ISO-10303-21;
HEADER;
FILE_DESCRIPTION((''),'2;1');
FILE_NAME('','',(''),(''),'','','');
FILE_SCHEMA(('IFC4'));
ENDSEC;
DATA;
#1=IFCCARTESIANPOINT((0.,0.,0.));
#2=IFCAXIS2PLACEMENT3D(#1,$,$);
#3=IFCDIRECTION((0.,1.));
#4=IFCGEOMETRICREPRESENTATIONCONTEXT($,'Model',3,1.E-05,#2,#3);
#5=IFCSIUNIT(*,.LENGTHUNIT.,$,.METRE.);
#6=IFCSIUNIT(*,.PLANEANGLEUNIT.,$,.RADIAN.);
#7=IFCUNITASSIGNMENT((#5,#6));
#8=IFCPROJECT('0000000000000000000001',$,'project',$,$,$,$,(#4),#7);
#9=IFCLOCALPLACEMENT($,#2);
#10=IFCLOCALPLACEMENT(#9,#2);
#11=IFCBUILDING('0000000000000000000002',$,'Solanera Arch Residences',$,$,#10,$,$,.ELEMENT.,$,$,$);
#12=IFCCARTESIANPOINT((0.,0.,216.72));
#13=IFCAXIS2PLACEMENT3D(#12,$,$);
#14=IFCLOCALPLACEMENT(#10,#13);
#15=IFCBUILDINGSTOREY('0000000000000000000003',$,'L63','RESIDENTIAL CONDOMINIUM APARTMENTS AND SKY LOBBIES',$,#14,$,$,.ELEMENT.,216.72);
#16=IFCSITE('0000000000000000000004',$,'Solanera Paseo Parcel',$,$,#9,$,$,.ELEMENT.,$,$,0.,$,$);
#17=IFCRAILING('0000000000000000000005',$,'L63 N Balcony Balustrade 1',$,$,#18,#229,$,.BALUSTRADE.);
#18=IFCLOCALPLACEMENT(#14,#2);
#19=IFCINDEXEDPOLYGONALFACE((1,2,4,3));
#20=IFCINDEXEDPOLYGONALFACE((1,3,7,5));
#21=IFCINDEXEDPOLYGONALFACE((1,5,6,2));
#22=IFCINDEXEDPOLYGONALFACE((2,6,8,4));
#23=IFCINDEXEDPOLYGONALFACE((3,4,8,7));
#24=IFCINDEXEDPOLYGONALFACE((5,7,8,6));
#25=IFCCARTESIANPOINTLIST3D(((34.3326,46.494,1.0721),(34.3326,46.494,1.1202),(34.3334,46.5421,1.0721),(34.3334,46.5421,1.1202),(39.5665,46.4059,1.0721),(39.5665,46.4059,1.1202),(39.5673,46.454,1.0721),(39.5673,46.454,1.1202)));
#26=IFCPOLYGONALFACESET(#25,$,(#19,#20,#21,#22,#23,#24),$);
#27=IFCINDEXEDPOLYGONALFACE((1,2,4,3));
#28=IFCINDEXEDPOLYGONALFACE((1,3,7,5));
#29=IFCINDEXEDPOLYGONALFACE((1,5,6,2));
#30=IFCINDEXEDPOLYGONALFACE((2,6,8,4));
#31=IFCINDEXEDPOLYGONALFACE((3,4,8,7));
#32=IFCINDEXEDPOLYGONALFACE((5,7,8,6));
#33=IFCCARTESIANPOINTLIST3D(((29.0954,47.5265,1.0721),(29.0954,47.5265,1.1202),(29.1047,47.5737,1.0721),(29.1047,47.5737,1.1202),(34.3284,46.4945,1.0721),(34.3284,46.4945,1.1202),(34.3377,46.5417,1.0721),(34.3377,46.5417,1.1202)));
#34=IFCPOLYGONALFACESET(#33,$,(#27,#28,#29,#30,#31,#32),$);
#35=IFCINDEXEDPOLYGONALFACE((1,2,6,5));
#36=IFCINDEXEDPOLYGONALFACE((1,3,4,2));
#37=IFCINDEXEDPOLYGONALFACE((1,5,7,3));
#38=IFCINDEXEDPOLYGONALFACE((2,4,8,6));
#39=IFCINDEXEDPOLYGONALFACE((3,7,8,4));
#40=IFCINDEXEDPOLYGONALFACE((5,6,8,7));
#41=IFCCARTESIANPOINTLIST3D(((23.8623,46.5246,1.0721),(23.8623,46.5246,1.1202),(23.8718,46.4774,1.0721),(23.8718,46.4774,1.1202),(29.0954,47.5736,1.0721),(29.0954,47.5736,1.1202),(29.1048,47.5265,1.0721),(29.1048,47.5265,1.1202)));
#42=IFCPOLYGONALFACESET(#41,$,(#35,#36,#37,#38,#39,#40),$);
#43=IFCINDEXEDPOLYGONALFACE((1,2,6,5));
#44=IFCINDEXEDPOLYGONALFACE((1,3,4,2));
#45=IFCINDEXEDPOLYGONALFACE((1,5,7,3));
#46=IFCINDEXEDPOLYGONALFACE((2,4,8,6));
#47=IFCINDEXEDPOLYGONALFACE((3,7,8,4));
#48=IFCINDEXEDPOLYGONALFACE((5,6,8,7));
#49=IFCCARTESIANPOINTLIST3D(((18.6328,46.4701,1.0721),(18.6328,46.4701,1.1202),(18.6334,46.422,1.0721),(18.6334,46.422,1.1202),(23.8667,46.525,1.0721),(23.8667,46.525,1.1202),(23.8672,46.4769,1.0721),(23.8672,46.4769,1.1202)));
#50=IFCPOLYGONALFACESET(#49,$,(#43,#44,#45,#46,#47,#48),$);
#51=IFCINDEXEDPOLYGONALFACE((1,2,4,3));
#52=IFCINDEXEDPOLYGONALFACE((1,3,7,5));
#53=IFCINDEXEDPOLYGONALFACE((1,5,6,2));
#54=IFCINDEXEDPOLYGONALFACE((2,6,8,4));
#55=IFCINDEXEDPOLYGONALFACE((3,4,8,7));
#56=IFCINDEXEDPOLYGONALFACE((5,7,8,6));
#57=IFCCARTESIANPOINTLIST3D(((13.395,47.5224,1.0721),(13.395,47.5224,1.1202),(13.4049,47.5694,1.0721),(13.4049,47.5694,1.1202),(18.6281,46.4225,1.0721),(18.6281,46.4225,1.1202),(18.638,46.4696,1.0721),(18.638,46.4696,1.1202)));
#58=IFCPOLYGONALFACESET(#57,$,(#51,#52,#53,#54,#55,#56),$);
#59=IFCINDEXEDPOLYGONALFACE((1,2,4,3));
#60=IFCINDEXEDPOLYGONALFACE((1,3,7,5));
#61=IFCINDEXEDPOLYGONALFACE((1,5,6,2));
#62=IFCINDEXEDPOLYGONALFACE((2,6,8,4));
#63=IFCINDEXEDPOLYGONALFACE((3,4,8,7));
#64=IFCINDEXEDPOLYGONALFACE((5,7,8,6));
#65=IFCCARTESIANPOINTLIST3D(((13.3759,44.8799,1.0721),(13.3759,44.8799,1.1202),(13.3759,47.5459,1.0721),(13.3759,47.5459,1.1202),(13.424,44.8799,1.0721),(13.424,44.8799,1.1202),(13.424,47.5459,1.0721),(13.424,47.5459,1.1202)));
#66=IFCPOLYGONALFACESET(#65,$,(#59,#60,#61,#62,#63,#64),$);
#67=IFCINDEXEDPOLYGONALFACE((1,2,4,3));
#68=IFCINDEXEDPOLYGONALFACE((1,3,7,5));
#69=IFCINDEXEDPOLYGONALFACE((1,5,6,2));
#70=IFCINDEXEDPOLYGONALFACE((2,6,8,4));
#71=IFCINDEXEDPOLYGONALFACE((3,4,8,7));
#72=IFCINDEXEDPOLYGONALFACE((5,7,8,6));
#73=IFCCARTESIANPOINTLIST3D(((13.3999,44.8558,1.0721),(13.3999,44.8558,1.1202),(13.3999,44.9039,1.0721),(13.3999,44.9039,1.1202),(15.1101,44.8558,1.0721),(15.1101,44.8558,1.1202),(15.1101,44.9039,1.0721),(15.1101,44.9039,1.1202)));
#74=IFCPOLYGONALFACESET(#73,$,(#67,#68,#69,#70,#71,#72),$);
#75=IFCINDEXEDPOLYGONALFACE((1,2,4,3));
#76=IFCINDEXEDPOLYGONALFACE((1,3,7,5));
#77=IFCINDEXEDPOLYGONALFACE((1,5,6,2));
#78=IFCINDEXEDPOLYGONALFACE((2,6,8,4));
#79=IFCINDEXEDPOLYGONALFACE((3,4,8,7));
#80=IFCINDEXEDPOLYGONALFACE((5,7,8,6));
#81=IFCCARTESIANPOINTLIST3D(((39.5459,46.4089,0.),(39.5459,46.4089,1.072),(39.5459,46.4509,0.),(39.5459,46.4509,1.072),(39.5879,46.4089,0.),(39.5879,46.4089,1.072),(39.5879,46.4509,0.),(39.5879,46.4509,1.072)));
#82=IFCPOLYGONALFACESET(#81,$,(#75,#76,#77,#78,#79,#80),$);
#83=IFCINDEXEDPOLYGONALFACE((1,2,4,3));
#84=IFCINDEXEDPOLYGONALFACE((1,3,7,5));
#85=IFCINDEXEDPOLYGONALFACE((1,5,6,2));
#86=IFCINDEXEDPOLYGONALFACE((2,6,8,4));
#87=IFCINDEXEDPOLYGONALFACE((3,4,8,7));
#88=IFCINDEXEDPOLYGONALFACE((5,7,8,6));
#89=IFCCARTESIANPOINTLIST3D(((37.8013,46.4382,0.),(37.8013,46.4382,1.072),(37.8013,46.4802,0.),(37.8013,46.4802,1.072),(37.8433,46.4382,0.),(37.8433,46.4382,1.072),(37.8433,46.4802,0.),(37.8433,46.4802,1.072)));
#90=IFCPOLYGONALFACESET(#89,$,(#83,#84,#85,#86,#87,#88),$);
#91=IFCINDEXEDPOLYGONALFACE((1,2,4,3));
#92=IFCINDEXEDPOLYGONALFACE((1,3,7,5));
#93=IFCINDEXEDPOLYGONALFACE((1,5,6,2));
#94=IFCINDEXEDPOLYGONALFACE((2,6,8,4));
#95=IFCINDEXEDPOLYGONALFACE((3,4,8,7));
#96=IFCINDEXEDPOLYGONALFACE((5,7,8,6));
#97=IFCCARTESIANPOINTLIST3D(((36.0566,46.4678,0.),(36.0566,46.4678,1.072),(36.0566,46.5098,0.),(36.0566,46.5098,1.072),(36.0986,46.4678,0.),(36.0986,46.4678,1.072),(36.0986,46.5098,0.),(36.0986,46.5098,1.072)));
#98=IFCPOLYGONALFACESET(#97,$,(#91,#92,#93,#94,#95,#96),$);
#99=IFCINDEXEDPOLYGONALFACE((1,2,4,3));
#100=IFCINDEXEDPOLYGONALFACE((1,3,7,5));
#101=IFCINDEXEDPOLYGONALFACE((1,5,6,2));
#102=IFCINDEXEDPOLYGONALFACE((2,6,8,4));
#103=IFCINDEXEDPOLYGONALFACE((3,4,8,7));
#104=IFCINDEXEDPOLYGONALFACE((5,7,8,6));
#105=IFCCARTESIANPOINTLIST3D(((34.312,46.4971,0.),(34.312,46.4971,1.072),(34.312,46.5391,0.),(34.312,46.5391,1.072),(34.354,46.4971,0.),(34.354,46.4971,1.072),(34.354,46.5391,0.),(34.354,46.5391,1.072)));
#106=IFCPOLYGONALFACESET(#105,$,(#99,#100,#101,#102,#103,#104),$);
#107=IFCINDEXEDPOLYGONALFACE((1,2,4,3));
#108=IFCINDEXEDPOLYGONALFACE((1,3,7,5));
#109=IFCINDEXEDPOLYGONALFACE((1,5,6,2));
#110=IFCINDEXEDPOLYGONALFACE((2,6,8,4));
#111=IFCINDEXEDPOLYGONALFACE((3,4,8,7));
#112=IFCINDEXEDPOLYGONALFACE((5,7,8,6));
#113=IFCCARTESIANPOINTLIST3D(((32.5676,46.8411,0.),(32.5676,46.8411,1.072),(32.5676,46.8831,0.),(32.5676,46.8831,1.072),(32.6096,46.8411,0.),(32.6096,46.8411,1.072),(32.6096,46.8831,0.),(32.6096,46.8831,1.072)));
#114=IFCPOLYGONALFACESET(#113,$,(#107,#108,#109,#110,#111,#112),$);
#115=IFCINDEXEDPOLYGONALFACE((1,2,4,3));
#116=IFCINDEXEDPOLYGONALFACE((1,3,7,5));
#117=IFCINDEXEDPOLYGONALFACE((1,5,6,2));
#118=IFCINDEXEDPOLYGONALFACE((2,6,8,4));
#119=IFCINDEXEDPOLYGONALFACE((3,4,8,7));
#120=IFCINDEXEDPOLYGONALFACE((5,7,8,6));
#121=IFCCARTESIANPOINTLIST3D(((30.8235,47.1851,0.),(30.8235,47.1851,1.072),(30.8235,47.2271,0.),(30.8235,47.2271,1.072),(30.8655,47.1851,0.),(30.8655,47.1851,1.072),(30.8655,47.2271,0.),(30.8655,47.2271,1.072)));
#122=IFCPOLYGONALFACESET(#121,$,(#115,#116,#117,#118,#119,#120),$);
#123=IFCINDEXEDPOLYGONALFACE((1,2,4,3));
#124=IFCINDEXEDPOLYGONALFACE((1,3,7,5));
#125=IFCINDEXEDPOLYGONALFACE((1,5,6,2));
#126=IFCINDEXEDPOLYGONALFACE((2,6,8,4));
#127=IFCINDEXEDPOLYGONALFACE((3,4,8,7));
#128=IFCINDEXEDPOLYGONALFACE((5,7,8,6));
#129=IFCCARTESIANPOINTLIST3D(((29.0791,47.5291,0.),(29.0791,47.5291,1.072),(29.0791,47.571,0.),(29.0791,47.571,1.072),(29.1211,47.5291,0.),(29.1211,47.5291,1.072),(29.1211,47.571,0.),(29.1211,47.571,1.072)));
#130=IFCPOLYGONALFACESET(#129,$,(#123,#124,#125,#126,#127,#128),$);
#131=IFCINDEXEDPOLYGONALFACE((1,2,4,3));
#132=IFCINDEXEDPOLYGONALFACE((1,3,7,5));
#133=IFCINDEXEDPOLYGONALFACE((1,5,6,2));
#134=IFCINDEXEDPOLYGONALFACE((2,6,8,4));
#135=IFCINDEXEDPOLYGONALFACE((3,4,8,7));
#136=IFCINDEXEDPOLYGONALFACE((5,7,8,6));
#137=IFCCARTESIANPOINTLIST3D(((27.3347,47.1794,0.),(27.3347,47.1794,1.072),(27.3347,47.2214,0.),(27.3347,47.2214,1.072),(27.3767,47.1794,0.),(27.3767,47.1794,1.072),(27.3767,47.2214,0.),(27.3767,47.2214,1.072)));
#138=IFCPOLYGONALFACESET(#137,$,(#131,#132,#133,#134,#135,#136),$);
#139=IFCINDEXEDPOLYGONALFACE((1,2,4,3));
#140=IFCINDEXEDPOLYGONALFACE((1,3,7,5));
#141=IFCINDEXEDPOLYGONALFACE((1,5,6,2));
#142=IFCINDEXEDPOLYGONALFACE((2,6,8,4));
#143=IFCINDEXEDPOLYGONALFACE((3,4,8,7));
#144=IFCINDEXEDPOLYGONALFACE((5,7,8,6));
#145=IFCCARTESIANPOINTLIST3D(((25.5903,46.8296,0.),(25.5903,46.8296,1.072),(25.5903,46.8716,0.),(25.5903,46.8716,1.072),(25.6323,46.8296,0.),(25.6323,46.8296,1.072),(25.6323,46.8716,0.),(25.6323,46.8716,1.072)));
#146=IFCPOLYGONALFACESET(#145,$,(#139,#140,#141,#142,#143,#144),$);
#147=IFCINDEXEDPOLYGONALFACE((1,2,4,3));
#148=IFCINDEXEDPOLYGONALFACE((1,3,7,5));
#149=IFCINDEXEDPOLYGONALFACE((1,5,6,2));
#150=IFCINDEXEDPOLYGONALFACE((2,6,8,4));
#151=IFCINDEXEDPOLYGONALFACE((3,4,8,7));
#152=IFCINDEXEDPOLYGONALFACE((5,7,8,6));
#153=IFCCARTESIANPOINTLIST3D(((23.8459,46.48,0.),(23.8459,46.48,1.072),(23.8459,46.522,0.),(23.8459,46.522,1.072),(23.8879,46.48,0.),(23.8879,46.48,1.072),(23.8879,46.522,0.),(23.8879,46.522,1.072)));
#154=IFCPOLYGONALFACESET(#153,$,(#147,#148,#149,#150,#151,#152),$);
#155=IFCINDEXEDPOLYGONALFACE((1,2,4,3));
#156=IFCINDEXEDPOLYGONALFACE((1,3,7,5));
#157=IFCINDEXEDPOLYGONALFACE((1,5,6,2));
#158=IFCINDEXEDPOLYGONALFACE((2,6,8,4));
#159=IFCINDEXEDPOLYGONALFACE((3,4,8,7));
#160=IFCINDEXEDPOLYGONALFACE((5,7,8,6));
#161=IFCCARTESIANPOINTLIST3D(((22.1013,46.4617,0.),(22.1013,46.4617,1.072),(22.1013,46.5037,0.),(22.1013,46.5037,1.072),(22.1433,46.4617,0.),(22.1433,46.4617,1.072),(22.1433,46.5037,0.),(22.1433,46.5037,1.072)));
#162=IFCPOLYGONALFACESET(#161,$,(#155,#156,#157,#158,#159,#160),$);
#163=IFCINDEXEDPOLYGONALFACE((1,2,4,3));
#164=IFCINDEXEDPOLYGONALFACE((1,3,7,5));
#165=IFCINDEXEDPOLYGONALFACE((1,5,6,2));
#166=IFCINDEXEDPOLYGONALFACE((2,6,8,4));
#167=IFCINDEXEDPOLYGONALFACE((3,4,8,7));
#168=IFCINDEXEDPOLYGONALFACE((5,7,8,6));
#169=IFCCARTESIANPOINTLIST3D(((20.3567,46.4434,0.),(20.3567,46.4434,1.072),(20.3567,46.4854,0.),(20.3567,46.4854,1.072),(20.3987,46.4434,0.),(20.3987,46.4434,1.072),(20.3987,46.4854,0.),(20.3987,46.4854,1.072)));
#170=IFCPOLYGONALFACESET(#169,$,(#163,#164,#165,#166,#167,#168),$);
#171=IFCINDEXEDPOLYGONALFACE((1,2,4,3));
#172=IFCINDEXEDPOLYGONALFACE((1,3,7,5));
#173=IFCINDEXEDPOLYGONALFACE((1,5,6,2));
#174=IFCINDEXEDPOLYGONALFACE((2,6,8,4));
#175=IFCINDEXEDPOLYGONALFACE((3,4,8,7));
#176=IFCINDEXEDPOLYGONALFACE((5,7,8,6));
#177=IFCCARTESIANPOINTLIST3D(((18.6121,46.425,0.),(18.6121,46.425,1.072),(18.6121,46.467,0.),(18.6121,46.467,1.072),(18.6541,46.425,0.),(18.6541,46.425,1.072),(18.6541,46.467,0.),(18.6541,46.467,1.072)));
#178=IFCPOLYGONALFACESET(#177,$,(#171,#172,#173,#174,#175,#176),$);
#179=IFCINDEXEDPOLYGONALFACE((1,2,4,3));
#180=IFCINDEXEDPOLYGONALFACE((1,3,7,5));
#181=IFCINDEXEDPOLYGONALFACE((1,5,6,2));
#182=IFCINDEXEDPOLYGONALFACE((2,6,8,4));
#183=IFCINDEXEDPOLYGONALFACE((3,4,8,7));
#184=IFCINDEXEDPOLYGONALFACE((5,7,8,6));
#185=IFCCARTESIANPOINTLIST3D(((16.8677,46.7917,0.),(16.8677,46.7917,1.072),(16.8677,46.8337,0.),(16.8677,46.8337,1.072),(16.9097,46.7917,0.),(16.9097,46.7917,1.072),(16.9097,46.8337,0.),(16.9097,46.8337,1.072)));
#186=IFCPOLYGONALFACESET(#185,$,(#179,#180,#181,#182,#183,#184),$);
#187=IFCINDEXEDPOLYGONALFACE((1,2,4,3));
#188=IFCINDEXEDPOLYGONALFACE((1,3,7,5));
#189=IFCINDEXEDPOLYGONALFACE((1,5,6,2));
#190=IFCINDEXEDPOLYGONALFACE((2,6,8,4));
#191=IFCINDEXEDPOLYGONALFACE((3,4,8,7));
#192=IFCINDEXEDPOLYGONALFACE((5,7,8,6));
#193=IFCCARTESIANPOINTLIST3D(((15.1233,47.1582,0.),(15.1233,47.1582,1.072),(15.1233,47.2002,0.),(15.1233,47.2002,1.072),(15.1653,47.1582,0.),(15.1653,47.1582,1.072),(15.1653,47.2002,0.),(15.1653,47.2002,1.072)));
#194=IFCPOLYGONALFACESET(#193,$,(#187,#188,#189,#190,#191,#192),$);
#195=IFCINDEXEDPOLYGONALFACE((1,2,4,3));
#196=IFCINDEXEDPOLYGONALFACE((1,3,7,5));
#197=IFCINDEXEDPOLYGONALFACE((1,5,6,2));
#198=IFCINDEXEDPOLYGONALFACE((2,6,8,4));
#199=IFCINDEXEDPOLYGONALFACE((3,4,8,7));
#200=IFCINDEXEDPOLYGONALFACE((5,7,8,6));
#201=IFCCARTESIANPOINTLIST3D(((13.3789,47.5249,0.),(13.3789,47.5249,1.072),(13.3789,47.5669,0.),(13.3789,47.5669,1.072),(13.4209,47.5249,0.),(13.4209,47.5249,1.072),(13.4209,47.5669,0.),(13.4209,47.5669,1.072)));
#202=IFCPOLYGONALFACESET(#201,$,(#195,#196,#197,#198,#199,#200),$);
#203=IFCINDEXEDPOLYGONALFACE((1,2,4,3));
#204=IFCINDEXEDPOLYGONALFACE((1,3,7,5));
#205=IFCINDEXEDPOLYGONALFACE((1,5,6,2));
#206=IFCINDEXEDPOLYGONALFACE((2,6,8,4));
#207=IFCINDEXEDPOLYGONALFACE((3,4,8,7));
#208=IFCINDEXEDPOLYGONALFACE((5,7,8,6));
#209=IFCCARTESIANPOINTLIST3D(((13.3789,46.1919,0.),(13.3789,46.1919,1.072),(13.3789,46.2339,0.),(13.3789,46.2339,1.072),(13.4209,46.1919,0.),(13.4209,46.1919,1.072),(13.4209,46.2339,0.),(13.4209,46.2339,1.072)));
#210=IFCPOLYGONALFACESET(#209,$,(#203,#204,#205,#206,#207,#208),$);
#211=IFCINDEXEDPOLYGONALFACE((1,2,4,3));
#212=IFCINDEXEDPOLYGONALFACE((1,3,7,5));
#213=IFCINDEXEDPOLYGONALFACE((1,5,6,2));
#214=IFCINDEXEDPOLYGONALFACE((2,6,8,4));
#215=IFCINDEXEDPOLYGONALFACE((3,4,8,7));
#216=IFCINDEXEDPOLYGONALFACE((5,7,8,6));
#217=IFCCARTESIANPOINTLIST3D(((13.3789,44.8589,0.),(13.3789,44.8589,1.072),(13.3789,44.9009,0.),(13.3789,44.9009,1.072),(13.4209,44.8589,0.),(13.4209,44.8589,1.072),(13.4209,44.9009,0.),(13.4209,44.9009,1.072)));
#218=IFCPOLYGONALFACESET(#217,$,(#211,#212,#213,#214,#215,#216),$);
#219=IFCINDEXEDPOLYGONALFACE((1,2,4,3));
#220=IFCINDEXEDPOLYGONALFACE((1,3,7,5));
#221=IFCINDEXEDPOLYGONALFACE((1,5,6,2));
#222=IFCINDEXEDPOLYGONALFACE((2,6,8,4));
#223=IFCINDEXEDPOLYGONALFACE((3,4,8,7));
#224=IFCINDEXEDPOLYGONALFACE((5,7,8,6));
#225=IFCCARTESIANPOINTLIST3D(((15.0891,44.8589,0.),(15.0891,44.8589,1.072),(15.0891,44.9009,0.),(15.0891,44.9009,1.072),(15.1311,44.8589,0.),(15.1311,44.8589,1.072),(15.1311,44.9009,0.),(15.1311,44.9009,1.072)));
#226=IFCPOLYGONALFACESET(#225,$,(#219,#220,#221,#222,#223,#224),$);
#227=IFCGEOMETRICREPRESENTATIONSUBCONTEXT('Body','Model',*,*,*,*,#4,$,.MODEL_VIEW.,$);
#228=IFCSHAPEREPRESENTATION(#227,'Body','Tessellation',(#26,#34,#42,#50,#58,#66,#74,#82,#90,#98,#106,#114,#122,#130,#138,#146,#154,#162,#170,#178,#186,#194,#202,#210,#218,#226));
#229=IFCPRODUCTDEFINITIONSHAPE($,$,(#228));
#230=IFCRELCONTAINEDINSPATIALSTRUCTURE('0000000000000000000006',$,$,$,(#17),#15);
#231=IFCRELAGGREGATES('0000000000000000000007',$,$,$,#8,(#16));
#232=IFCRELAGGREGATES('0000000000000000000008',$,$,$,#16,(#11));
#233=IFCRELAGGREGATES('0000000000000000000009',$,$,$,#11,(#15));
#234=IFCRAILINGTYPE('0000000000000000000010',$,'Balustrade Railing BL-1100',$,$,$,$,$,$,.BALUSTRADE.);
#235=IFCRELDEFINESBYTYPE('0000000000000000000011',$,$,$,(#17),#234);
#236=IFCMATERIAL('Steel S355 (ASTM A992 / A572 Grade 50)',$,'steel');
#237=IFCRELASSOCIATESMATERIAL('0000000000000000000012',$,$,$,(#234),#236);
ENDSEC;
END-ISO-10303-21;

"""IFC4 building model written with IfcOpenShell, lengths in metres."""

from ifc_helpers import new_model, si_unit, direction, frame, origin, origin_2d, place, context, subcontext, project, spatial, rectangle, extrude, material, type_object, element, save


model = new_model("IFC4")

# Units and contexts
model_context = context("Model", 3, precision=1e-05, world=origin(), true_north=direction((0.0, 1.0)))
body_context = subcontext(model_context, "Body", "Model", "MODEL_VIEW")
ifc_project = project(units=[si_unit("LENGTHUNIT", "METRE"), si_unit("PLANEANGLEUNIT", "RADIAN")], contexts=[model_context])

# Site, building, storey
site_placement = place(None, origin())
site = spatial("IfcSite", under=ifc_project, at=site_placement, Name="Solanera Paseo Parcel", CompositionType="ELEMENT", RefElevation=0.0)
building_placement = place(site_placement, origin())
building = spatial("IfcBuilding", under=site, at=building_placement, Name="Solanera Arch Residences", CompositionType="ELEMENT")
storey_placement = place(building_placement, frame((0.0, 0.0, 216.72)))
storey = spatial("IfcBuildingStorey", under=building, at=storey_placement, Name="L63", Description="RESIDENTIAL CONDOMINIUM APARTMENTS AND SKY LOBBIES", CompositionType="ELEMENT", Elevation=216.72)

# Railing
ifc_material_1 = material(Name="Steel S355 (ASTM A992 / A572 Grade 50)", Category="steel")
railing_type = type_object("IfcRailingType", Name="Balustrade Railing BL-1100", PredefinedType="BALUSTRADE", material=ifc_material_1)
railing_placement = place(storey_placement, frame((39.5669, 46.4299, 0.0)))
element("IfcRailing", 1, at=railing_placement, inside=storey, type_object=railing_type, Name="L63 N Balcony Balustrade 1", PredefinedType="BALUSTRADE", context=body_context, shape_type="SweptSolid", body=[
    extrude(rectangle(XDim=0.0481, YDim=0.0481, at=origin_2d()), frame((0.0, 0.0, 1.0962), z_axis=(-0.999858, 0.016837, 0.0), x_axis=(-0.016837, -0.999858, 0.0)), (0.0, 0.0, 1.0), 5.2346),
    extrude(rectangle(XDim=0.0481, YDim=0.0481, at=origin_2d()), frame((-5.2339, 0.0881, 1.0962), z_axis=(-0.981104, 0.193483, 0.0), x_axis=(-0.193483, -0.981104, 0.0)), (0.0, 0.0, 1.0), 5.3337),
    extrude(rectangle(XDim=0.0481, YDim=0.0481, at=origin_2d()), frame((-10.4668, 1.1201, 1.0962), z_axis=(-0.980493, -0.196556, 0.0), x_axis=(0.196556, -0.980493, 0.0)), (0.0, 0.0, 1.0), 5.3372),
    extrude(rectangle(XDim=0.0481, YDim=0.0481, at=origin_2d()), frame((-15.7, 0.071, 1.0962), z_axis=(-0.999945, -0.010495, 0.0), x_axis=(0.010495, -0.999945, 0.0)), (0.0, 0.0, 1.0), 5.2341),
    extrude(rectangle(XDim=0.0481, YDim=0.0481, at=origin_2d()), frame((-20.9338, 0.0161, 1.0962), z_axis=(-0.97862, 0.205677, 0.0), x_axis=(-0.205677, -0.97862, 0.0)), (0.0, 0.0, 1.0), 5.3474),
    extrude(rectangle(XDim=0.0481, YDim=0.0481, at=origin_2d()), frame((-26.167, 1.116, 1.0962), z_axis=(0.0, -1.0, 0.0), x_axis=(1.0, 0.0, 0.0)), (0.0, 0.0, 1.0), 2.666),
    extrude(rectangle(XDim=0.0481, YDim=0.0481, at=origin_2d()), frame((-26.167, -1.55, 1.0962), z_axis=(1.0, 0.0, 0.0), x_axis=(0.0, 1.0, 0.0)), (0.0, 0.0, 1.0), 1.7102),
    extrude(rectangle(XDim=0.042, YDim=0.042, at=origin_2d()), origin(), (0.0, 0.0, 1.0), 1.072),
    extrude(rectangle(XDim=0.042, YDim=0.042, at=origin_2d()), frame((-1.7446, 0.0293, 0.0)), (0.0, 0.0, 1.0), 1.072),
    extrude(rectangle(XDim=0.042, YDim=0.042, at=origin_2d()), frame((-3.4893, 0.0588, 0.0)), (0.0, 0.0, 1.0), 1.072),
    extrude(rectangle(XDim=0.042, YDim=0.042, at=origin_2d()), frame((-5.2339, 0.0881, 0.0)), (0.0, 0.0, 1.0), 1.072),
    extrude(rectangle(XDim=0.042, YDim=0.042, at=origin_2d()), frame((-6.9783, 0.4321, 0.0)), (0.0, 0.0, 1.0), 1.072),
    extrude(rectangle(XDim=0.042, YDim=0.042, at=origin_2d()), frame((-8.7224, 0.7761, 0.0)), (0.0, 0.0, 1.0), 1.072),
    extrude(rectangle(XDim=0.042, YDim=0.042, at=origin_2d()), frame((-10.4668, 1.1201, 0.0)), (0.0, 0.0, 1.0), 1.072),
    extrude(rectangle(XDim=0.042, YDim=0.042, at=origin_2d()), frame((-12.2112, 0.7705, 0.0)), (0.0, 0.0, 1.0), 1.072),
    extrude(rectangle(XDim=0.042, YDim=0.042, at=origin_2d()), frame((-13.9556, 0.4207, 0.0)), (0.0, 0.0, 1.0), 1.072),
    extrude(rectangle(XDim=0.042, YDim=0.042, at=origin_2d()), frame((-15.7, 0.071, 0.0)), (0.0, 0.0, 1.0), 1.072),
    extrude(rectangle(XDim=0.042, YDim=0.042, at=origin_2d()), frame((-17.4446, 0.0527, 0.0)), (0.0, 0.0, 1.0), 1.072),
    extrude(rectangle(XDim=0.042, YDim=0.042, at=origin_2d()), frame((-19.1892, 0.0344, 0.0)), (0.0, 0.0, 1.0), 1.072),
    extrude(rectangle(XDim=0.042, YDim=0.042, at=origin_2d()), frame((-20.9338, 0.0161, 0.0)), (0.0, 0.0, 1.0), 1.072),
    extrude(rectangle(XDim=0.042, YDim=0.042, at=origin_2d()), frame((-22.6782, 0.3828, 0.0)), (0.0, 0.0, 1.0), 1.072),
    extrude(rectangle(XDim=0.042, YDim=0.042, at=origin_2d()), frame((-24.4226, 0.7493, 0.0)), (0.0, 0.0, 1.0), 1.072),
    extrude(rectangle(XDim=0.042, YDim=0.042, at=origin_2d()), frame((-26.167, 1.116, 0.0)), (0.0, 0.0, 1.0), 1.072),
    extrude(rectangle(XDim=0.042, YDim=0.042, at=origin_2d()), frame((-26.167, -0.217, 0.0)), (0.0, 0.0, 1.0), 1.072),
    extrude(rectangle(XDim=0.042, YDim=0.042, at=origin_2d()), frame((-26.167, -1.55, 0.0)), (0.0, 0.0, 1.0), 1.072),
    extrude(rectangle(XDim=0.042, YDim=0.042, at=origin_2d()), frame((-24.4568, -1.55, 0.0)), (0.0, 0.0, 1.0), 1.072),
])

save(model, "model.ifc")
